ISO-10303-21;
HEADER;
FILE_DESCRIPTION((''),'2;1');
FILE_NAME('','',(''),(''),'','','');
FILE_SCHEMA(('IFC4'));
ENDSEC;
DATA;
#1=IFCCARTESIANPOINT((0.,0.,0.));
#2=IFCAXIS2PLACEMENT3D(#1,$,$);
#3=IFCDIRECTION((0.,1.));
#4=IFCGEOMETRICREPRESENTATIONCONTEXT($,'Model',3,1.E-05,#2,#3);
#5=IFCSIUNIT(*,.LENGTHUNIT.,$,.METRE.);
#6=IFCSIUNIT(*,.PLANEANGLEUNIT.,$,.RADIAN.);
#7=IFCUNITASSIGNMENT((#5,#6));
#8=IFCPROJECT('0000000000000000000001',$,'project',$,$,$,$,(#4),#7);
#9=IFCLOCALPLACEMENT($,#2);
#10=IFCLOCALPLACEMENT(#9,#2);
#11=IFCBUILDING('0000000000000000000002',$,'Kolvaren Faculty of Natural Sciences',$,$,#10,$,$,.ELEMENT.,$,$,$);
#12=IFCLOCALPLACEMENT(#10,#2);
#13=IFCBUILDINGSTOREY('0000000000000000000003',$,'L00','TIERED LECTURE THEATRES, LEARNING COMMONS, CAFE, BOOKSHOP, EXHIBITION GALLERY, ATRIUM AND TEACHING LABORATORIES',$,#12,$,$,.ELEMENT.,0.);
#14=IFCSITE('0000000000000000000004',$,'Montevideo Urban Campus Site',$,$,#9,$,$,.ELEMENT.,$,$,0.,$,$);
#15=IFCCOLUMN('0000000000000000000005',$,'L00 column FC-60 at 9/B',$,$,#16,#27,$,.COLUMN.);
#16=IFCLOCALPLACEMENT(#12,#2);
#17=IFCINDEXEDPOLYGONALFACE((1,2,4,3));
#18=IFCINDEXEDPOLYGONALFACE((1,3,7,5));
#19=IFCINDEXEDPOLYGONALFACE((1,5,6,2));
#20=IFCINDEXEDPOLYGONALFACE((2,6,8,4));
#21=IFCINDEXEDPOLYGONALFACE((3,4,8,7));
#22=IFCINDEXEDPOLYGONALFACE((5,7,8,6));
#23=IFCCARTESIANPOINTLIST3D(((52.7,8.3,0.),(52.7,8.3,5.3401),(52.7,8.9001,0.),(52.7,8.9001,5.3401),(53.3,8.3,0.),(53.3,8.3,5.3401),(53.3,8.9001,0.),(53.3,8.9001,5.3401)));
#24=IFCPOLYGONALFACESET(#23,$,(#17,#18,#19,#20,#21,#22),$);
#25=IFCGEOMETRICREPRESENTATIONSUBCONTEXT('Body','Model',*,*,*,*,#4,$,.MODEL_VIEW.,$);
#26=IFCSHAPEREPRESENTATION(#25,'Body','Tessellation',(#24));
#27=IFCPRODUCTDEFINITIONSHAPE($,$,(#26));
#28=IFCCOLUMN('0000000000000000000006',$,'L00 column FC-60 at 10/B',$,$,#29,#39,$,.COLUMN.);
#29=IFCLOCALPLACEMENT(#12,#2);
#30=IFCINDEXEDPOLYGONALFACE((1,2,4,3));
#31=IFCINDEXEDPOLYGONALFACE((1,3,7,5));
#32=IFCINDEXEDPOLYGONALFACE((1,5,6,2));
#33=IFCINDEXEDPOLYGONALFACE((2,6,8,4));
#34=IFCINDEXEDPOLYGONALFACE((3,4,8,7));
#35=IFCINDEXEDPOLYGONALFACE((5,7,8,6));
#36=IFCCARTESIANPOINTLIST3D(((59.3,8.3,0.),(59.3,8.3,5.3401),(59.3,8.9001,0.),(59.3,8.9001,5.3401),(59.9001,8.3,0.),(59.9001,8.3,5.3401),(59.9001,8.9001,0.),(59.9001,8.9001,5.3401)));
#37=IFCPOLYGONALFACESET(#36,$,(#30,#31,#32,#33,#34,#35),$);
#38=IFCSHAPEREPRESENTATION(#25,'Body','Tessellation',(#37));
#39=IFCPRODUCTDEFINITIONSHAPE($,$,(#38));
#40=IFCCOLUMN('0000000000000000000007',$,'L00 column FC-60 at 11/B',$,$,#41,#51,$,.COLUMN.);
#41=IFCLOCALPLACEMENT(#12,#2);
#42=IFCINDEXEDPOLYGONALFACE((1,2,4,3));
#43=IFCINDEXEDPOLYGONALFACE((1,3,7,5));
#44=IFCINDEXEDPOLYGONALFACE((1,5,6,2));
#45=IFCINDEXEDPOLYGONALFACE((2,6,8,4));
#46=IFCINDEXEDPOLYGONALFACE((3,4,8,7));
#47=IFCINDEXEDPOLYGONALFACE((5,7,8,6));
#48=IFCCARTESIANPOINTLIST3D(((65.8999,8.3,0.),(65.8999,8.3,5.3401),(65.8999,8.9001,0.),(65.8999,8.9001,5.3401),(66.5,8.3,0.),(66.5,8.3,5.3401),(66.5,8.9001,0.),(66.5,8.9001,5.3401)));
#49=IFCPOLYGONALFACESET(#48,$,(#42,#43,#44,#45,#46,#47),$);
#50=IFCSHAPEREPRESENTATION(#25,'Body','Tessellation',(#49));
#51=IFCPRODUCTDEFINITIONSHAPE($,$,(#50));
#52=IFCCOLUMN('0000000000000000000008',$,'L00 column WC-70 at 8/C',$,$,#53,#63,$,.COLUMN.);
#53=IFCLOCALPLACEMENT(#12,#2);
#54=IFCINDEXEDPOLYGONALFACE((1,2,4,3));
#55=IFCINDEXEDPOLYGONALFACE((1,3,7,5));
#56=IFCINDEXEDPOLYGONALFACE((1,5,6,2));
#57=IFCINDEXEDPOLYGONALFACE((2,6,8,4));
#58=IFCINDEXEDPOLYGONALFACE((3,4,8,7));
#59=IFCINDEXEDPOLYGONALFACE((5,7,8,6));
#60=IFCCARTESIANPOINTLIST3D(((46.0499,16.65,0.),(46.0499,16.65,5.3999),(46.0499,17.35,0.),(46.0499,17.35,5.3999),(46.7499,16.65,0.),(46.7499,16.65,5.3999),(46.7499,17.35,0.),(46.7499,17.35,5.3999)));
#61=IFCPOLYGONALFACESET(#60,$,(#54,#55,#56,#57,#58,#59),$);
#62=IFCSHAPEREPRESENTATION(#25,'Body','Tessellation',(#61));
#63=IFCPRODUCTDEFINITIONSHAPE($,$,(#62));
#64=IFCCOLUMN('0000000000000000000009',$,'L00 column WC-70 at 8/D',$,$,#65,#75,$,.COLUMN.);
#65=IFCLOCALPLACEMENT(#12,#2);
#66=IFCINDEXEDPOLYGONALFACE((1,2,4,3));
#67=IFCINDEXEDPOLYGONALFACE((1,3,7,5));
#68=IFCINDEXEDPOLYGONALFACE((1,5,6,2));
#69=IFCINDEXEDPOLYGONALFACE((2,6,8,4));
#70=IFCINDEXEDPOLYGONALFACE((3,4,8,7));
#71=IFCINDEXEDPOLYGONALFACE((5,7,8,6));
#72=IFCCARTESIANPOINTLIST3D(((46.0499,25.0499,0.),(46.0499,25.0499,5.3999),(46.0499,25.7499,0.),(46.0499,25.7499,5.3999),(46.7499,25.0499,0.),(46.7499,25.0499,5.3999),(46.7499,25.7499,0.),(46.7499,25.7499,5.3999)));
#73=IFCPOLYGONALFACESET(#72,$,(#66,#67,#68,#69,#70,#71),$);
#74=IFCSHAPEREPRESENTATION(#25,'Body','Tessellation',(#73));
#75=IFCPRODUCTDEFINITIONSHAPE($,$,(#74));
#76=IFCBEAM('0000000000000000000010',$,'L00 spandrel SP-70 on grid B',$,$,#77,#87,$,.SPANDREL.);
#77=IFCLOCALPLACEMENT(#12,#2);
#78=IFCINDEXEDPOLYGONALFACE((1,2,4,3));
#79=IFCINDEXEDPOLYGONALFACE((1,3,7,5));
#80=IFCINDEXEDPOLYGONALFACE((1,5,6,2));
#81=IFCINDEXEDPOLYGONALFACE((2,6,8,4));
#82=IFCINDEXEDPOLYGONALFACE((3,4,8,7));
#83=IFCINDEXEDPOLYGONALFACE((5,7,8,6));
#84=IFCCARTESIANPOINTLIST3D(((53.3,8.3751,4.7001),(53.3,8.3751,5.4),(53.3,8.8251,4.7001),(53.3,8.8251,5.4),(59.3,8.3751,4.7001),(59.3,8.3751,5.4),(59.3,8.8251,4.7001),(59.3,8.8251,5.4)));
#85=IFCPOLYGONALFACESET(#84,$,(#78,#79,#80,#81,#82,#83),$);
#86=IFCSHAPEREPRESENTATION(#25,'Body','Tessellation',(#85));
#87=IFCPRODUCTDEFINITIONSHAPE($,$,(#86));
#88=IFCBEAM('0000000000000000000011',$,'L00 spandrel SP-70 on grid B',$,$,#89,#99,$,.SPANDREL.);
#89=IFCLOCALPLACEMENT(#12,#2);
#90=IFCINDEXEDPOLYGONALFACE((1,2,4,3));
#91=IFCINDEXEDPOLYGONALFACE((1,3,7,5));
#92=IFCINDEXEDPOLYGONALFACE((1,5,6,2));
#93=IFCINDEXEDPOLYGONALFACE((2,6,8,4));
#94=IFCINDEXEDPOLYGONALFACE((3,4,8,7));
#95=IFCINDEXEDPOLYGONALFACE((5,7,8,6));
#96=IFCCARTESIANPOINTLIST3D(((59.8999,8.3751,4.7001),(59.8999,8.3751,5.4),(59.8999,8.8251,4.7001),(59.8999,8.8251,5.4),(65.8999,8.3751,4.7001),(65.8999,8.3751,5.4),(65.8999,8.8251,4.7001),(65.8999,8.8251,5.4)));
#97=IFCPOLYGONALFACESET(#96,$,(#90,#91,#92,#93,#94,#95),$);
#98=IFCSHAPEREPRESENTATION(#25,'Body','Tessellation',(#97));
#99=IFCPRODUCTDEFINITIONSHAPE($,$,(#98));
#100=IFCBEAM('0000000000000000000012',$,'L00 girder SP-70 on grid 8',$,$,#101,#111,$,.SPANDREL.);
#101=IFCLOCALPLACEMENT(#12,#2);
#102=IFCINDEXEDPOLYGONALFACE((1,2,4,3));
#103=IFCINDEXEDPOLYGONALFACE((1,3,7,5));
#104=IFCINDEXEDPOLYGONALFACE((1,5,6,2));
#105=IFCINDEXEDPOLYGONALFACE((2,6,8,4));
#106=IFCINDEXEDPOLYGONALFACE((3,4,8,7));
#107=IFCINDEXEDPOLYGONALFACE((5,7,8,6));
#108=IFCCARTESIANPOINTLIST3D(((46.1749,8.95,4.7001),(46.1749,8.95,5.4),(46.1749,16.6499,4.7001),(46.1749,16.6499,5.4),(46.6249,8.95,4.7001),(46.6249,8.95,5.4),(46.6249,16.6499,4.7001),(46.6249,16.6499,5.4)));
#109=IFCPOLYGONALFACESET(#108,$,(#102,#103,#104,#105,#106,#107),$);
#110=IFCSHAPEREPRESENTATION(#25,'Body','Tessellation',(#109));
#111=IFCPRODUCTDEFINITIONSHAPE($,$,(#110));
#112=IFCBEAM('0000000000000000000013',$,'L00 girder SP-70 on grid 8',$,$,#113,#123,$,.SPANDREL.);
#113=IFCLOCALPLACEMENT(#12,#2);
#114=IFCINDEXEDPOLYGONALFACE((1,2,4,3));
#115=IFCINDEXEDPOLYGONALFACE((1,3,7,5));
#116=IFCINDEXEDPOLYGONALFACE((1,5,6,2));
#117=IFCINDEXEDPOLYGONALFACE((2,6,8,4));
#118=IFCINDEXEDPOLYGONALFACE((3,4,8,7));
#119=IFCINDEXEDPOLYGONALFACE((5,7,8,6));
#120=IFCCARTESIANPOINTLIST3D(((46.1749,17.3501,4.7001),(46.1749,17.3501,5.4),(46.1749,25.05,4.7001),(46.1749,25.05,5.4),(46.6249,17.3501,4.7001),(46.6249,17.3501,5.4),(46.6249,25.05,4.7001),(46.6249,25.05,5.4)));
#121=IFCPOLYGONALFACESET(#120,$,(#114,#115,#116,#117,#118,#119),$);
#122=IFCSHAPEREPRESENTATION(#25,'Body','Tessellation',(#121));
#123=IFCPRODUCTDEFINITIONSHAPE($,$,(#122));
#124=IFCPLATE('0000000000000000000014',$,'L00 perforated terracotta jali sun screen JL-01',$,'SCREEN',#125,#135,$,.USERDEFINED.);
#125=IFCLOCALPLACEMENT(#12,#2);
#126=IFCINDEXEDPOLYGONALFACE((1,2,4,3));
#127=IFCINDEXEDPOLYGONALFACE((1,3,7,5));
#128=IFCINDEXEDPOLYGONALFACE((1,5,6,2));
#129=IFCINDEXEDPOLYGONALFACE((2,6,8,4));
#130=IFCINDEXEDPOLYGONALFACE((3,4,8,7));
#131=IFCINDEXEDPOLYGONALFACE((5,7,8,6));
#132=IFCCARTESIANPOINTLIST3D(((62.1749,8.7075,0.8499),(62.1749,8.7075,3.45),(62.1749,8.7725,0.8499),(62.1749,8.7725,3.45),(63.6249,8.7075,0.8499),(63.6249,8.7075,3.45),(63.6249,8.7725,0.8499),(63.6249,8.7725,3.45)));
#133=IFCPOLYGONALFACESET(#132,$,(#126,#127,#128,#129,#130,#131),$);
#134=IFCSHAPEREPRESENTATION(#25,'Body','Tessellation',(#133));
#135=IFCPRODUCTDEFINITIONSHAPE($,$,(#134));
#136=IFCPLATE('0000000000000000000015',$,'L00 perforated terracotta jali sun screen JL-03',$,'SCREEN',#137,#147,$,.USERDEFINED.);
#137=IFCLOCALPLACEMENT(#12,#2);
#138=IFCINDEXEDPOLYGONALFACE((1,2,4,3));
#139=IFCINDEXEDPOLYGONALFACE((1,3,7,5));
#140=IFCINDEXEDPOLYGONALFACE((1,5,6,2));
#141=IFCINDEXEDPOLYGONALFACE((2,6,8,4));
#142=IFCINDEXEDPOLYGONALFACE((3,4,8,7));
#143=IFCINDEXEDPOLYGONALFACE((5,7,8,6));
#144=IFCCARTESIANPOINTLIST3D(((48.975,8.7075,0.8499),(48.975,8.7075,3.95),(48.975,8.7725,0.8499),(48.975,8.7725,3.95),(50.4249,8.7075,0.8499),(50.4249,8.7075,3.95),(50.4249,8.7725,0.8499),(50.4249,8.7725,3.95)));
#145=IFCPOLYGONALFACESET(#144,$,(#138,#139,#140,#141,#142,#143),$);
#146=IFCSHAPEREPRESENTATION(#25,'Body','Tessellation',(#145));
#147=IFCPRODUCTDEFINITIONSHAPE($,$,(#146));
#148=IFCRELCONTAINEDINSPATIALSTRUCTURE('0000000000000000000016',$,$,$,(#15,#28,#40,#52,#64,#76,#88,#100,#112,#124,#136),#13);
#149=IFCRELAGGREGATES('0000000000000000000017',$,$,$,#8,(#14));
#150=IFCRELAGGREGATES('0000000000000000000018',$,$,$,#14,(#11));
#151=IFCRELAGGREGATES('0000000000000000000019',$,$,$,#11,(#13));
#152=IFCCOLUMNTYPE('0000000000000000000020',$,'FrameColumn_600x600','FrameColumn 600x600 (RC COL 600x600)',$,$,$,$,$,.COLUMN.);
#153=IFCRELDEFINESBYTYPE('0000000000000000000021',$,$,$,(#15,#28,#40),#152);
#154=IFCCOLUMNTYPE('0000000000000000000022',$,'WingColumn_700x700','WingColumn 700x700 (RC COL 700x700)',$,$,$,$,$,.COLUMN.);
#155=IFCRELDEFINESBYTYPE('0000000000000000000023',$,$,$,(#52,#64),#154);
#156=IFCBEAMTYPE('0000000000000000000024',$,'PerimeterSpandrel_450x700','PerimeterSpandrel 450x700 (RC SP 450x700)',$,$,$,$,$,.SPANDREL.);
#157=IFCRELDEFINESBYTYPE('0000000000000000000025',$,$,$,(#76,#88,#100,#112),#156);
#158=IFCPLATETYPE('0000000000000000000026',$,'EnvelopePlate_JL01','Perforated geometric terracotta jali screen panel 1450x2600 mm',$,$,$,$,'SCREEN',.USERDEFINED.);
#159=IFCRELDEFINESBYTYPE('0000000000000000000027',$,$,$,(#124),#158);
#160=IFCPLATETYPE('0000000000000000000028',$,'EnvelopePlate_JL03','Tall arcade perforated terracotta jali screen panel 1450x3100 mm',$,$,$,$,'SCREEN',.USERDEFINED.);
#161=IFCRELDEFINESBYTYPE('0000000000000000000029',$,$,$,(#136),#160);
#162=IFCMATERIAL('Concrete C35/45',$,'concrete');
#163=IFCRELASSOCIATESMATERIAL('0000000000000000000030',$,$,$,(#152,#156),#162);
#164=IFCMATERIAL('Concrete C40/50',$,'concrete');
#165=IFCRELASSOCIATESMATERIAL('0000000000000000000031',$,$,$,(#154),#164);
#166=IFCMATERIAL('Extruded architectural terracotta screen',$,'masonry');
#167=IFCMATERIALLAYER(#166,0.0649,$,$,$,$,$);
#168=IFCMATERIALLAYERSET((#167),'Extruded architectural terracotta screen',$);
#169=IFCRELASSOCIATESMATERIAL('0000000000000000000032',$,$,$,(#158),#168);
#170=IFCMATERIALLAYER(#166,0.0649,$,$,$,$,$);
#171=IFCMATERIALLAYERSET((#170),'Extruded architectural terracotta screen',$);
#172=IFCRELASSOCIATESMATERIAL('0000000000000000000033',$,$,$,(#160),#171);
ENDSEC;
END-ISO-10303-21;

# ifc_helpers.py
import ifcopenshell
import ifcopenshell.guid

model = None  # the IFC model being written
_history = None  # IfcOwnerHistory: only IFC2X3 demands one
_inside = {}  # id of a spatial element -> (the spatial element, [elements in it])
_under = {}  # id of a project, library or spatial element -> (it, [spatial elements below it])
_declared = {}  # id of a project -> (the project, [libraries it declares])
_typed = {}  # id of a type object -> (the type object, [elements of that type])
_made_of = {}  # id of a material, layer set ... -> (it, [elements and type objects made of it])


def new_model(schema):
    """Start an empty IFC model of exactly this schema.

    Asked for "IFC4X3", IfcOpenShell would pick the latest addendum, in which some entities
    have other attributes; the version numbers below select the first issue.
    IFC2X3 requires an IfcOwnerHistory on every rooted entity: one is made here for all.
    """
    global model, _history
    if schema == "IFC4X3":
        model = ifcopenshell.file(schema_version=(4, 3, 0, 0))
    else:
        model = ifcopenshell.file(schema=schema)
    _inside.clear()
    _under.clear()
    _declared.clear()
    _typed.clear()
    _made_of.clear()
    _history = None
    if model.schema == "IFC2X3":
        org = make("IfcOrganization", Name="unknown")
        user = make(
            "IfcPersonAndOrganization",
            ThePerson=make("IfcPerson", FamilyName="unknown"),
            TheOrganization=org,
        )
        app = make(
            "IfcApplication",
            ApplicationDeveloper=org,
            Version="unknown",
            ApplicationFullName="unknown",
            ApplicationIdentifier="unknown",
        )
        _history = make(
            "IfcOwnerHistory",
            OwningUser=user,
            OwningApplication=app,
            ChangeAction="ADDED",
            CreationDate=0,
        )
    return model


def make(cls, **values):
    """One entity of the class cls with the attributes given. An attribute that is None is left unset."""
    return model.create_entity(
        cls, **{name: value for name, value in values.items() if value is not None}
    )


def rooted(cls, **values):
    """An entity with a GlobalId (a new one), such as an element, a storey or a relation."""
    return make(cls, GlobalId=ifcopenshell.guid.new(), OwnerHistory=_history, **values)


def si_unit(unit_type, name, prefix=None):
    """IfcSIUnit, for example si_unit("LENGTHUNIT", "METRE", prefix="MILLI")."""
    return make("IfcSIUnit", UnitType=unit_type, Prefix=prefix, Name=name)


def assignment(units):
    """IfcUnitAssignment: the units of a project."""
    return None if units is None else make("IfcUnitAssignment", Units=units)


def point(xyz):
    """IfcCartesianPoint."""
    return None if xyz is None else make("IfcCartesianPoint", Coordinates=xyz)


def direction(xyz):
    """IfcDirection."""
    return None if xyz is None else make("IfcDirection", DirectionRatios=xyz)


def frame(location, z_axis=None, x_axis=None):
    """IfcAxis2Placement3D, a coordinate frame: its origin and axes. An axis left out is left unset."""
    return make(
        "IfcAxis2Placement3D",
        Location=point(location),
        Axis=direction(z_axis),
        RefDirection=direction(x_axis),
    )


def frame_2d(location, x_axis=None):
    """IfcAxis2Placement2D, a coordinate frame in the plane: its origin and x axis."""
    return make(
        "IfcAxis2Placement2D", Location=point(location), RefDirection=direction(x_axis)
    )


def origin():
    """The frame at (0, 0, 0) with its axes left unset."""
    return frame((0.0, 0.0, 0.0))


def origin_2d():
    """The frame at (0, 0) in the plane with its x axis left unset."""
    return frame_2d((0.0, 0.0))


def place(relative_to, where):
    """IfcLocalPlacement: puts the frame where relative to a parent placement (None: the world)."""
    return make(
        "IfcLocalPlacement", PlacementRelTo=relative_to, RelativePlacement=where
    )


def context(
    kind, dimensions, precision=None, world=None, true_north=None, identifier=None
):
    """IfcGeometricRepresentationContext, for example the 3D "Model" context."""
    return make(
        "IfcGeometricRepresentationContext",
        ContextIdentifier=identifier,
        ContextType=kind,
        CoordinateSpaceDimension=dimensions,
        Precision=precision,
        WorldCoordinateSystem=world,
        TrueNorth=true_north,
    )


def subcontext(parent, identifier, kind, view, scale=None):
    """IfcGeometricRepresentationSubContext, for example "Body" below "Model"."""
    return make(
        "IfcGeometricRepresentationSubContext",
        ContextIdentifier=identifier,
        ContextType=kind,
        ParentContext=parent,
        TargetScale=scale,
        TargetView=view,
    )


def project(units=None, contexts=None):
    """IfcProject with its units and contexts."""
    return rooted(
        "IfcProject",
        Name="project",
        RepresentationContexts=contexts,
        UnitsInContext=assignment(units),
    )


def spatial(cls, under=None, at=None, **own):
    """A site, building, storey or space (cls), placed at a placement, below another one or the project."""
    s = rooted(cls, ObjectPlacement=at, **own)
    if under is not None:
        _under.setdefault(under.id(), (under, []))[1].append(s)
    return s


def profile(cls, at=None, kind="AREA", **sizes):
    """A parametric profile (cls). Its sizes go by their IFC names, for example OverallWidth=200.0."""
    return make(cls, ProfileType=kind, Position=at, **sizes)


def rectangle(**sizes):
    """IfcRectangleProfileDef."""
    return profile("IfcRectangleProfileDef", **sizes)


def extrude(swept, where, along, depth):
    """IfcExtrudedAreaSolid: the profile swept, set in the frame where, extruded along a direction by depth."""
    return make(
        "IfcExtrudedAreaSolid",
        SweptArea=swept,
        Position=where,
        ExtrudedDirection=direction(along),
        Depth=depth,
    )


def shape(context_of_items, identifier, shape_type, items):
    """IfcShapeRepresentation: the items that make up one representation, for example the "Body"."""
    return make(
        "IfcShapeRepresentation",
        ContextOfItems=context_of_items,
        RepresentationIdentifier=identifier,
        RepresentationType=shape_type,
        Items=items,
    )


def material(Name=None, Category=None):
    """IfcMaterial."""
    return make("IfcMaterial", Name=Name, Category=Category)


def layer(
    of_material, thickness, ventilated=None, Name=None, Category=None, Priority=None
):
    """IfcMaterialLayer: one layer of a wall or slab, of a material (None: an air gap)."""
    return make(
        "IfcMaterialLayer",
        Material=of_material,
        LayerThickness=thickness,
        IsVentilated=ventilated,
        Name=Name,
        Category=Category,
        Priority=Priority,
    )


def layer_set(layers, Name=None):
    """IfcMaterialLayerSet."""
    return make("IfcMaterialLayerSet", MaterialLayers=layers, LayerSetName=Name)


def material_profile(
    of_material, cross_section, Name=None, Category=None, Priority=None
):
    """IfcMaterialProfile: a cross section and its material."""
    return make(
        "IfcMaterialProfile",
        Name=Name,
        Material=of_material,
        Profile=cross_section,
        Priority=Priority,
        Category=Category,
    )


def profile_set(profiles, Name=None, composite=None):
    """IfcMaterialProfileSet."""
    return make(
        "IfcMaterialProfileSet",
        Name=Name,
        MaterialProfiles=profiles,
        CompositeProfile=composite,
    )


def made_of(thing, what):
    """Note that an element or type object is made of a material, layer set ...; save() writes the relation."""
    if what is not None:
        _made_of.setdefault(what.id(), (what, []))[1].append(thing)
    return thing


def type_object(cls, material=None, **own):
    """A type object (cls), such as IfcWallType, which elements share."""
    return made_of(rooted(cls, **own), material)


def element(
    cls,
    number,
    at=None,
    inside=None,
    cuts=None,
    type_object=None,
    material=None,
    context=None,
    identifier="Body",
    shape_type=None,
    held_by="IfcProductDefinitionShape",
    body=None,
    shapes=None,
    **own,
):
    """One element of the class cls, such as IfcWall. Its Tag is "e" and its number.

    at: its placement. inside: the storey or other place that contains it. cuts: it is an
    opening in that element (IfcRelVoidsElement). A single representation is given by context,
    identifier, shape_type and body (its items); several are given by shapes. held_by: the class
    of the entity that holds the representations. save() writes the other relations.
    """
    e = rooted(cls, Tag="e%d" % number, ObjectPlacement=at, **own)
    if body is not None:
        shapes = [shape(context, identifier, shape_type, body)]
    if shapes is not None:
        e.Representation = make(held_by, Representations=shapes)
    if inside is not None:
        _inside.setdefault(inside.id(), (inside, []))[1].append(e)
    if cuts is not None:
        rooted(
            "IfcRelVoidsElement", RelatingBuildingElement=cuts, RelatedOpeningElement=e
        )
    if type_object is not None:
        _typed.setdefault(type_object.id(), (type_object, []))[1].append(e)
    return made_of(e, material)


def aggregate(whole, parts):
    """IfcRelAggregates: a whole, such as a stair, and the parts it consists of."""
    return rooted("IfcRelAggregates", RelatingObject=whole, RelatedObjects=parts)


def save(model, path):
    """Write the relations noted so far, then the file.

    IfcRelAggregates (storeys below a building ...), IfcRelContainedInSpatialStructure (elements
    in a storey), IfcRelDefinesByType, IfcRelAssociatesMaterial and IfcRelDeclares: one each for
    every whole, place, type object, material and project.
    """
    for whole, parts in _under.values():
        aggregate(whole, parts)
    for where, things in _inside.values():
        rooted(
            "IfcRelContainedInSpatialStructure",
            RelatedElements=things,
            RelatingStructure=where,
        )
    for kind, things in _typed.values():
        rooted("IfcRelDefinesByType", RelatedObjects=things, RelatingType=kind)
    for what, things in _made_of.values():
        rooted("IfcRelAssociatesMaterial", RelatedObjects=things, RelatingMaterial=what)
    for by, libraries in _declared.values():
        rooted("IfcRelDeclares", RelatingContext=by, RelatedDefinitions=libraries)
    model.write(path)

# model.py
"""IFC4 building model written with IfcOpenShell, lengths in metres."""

from ifc_helpers import new_model, si_unit, direction, frame, origin, origin_2d, place, context, subcontext, project, spatial, rectangle, extrude, material, layer, layer_set, material_profile, profile_set, type_object, element, save


model = new_model("IFC4")

# Units and contexts
model_context = context("Model", 3, precision=1e-05, world=origin(), true_north=direction((0.0, 1.0)))
body_context = subcontext(model_context, "Body", "Model", "MODEL_VIEW")
ifc_project = project(units=[si_unit("LENGTHUNIT", "METRE"), si_unit("PLANEANGLEUNIT", "RADIAN")], contexts=[model_context])

# Site, building, storey
site_placement = place(None, origin())
site = spatial("IfcSite", under=ifc_project, at=site_placement, Name="Montevideo Urban Campus Site", CompositionType="ELEMENT", RefElevation=0.0)
building_placement = place(site_placement, origin())
building = spatial("IfcBuilding", under=site, at=building_placement, Name="Kolvaren Faculty of Natural Sciences", CompositionType="ELEMENT")
storey_placement = place(building_placement, origin())
storey = spatial("IfcBuildingStorey", under=building, at=storey_placement, Name="L00", Description="TIERED LECTURE THEATRES, LEARNING COMMONS, CAFE, BOOKSHOP, EXHIBITION GALLERY, ATRIUM AND TEACHING LABORATORIES", CompositionType="ELEMENT", Elevation=0.0)

# Columns
ifc_material_1 = material(Name="Concrete C35/45", Category="concrete")
ifc_material_profile_1 = material_profile(ifc_material_1, rectangle(XDim=0.6001, YDim=0.6001, at=origin_2d()), Name="RC COL 600x600")
ifc_profile_set_1 = profile_set([ifc_material_profile_1], Name="Concrete C35/45")
column_type_1 = type_object("IfcColumnType", Name="FrameColumn_600x600", Description="FrameColumn 600x600 (RC COL 600x600)", PredefinedType="COLUMN", material=ifc_profile_set_1)
for number, where, z_axis, x_axis, name in (
    (1, (53.0, 8.6001, 0.0), (0.0, 0.0, 1.0), (1.0, 0.0, 0.0), "L00 column FC-60 at 9/B"),
    (2, (59.6001, 8.6001, 0.0), (0.0, 0.0, 1.0), (1.0, 0.0, 0.0), "L00 column FC-60 at 10/B"),
    (3, (66.2, 8.6001, 0.0), (0.0, 0.0, 1.0), (1.0, 0.0, 0.0), "L00 column FC-60 at 11/B"),
):
    element("IfcColumn", number, at=place(storey_placement, frame(where, z_axis=z_axis, x_axis=x_axis)), inside=storey, type_object=column_type_1, Name=name, PredefinedType="COLUMN", context=body_context, shape_type="SweptSolid", body=[
        extrude(rectangle(XDim=0.6001, YDim=0.6001, at=origin_2d()), origin(), (0.0, 0.0, 1.0), 5.3401),
    ])
ifc_material_2 = material(Name="Concrete C40/50", Category="concrete")
ifc_material_profile_2 = material_profile(ifc_material_2, rectangle(XDim=0.7, YDim=0.7, at=origin_2d()), Name="RC COL 700x700")
ifc_profile_set_2 = profile_set([ifc_material_profile_2], Name="Concrete C40/50")
column_type_2 = type_object("IfcColumnType", Name="WingColumn_700x700", Description="WingColumn 700x700 (RC COL 700x700)", PredefinedType="COLUMN", material=ifc_profile_set_2)
for number, where, z_axis, x_axis, name in (
    (4, (46.3999, 17.0, 0.0), (0.0, 0.0, 1.0), (1.0, 0.0, 0.0), "L00 column WC-70 at 8/C"),
    (5, (46.3999, 25.3999, 0.0), (0.0, 0.0, 1.0), (1.0, 0.0, 0.0), "L00 column WC-70 at 8/D"),
):
    element("IfcColumn", number, at=place(storey_placement, frame(where, z_axis=z_axis, x_axis=x_axis)), inside=storey, type_object=column_type_2, Name=name, PredefinedType="COLUMN", context=body_context, shape_type="SweptSolid", body=[
        extrude(rectangle(XDim=0.7, YDim=0.7, at=origin_2d()), origin(), (0.0, 0.0, 1.0), 5.3999),
    ])

# Beams
ifc_material_profile_3 = material_profile(ifc_material_1, rectangle(XDim=0.45, YDim=0.7, at=origin_2d()), Name="RC SP 450x700")
ifc_profile_set_3 = profile_set([ifc_material_profile_3], Name="Concrete C35/45")
beam_type = type_object("IfcBeamType", Name="PerimeterSpandrel_450x700", Description="PerimeterSpandrel 450x700 (RC SP 450x700)", PredefinedType="SPANDREL", material=ifc_profile_set_3)
for number, where, z_axis, x_axis, name in (
    (6, (53.3, 8.6001, 5.05), (1.0, 0.0, 0.0), (0.0, 1.0, 0.0), "L00 spandrel SP-70 on grid B"),
    (7, (59.8999, 8.6001, 5.05), (1.0, 0.0, 0.0), (0.0, 1.0, 0.0), "L00 spandrel SP-70 on grid B"),
):
    element("IfcBeam", number, at=place(storey_placement, frame(where, z_axis=z_axis, x_axis=x_axis)), inside=storey, type_object=beam_type, Name=name, PredefinedType="SPANDREL", context=body_context, shape_type="SweptSolid", body=[
        extrude(rectangle(XDim=0.45, YDim=0.7, at=origin_2d()), origin(), (0.0, 0.0, 1.0), 6.0),
    ])
for number, where, z_axis, x_axis, name in (
    (8, (46.3999, 8.95, 5.05), (0.0, 1.0, 0.0), (-1.0, 0.0, 0.0), "L00 girder SP-70 on grid 8"),
    (9, (46.3999, 17.3501, 5.05), (0.0, 1.0, 0.0), (-1.0, 0.0, 0.0), "L00 girder SP-70 on grid 8"),
):
    element("IfcBeam", number, at=place(storey_placement, frame(where, z_axis=z_axis, x_axis=x_axis)), inside=storey, type_object=beam_type, Name=name, PredefinedType="SPANDREL", context=body_context, shape_type="SweptSolid", body=[
        extrude(rectangle(XDim=0.45, YDim=0.7, at=origin_2d()), origin(), (0.0, 0.0, 1.0), 7.7),
    ])

# Plates
ifc_material_3 = material(Name="Extruded architectural terracotta screen", Category="masonry")
ifc_layer_1 = layer(ifc_material_3, 0.0649)
ifc_layer_set_1 = layer_set([ifc_layer_1], Name="Extruded architectural terracotta screen")
plate_type_1 = type_object("IfcPlateType", Name="EnvelopePlate_JL01", Description="Perforated geometric terracotta jali screen panel 1450x2600 mm", ElementType="SCREEN", PredefinedType="USERDEFINED", material=ifc_layer_set_1)
plate_1_placement = place(storey_placement, frame((62.8999, 8.74, 0.8499), z_axis=(0.0, 0.0, 1.0), x_axis=(1.0, 0.0, 0.0)))
element("IfcPlate", 10, at=plate_1_placement, inside=storey, type_object=plate_type_1, Name="L00 perforated terracotta jali sun screen JL-01", ObjectType="SCREEN", PredefinedType="USERDEFINED", context=body_context, shape_type="SweptSolid", body=[
    extrude(rectangle(XDim=1.45, YDim=0.0649, at=origin_2d()), origin(), (0.0, 0.0, 1.0), 2.6001),
])
ifc_layer_2 = layer(ifc_material_3, 0.0649)
ifc_layer_set_2 = layer_set([ifc_layer_2], Name="Extruded architectural terracotta screen")
plate_type_2 = type_object("IfcPlateType", Name="EnvelopePlate_JL03", Description="Tall arcade perforated terracotta jali screen panel 1450x3100 mm", ElementType="SCREEN", PredefinedType="USERDEFINED", material=ifc_layer_set_2)
plate_2_placement = place(storey_placement, frame((49.7, 8.74, 0.8499), z_axis=(0.0, 0.0, 1.0), x_axis=(1.0, 0.0, 0.0)))
element("IfcPlate", 11, at=plate_2_placement, inside=storey, type_object=plate_type_2, Name="L00 perforated terracotta jali sun screen JL-03", ObjectType="SCREEN", PredefinedType="USERDEFINED", context=body_context, shape_type="SweptSolid", body=[
    extrude(rectangle(XDim=1.45, YDim=0.0649, at=origin_2d()), origin(), (0.0, 0.0, 1.0), 3.1001),
])

save(model, "model.ifc")
